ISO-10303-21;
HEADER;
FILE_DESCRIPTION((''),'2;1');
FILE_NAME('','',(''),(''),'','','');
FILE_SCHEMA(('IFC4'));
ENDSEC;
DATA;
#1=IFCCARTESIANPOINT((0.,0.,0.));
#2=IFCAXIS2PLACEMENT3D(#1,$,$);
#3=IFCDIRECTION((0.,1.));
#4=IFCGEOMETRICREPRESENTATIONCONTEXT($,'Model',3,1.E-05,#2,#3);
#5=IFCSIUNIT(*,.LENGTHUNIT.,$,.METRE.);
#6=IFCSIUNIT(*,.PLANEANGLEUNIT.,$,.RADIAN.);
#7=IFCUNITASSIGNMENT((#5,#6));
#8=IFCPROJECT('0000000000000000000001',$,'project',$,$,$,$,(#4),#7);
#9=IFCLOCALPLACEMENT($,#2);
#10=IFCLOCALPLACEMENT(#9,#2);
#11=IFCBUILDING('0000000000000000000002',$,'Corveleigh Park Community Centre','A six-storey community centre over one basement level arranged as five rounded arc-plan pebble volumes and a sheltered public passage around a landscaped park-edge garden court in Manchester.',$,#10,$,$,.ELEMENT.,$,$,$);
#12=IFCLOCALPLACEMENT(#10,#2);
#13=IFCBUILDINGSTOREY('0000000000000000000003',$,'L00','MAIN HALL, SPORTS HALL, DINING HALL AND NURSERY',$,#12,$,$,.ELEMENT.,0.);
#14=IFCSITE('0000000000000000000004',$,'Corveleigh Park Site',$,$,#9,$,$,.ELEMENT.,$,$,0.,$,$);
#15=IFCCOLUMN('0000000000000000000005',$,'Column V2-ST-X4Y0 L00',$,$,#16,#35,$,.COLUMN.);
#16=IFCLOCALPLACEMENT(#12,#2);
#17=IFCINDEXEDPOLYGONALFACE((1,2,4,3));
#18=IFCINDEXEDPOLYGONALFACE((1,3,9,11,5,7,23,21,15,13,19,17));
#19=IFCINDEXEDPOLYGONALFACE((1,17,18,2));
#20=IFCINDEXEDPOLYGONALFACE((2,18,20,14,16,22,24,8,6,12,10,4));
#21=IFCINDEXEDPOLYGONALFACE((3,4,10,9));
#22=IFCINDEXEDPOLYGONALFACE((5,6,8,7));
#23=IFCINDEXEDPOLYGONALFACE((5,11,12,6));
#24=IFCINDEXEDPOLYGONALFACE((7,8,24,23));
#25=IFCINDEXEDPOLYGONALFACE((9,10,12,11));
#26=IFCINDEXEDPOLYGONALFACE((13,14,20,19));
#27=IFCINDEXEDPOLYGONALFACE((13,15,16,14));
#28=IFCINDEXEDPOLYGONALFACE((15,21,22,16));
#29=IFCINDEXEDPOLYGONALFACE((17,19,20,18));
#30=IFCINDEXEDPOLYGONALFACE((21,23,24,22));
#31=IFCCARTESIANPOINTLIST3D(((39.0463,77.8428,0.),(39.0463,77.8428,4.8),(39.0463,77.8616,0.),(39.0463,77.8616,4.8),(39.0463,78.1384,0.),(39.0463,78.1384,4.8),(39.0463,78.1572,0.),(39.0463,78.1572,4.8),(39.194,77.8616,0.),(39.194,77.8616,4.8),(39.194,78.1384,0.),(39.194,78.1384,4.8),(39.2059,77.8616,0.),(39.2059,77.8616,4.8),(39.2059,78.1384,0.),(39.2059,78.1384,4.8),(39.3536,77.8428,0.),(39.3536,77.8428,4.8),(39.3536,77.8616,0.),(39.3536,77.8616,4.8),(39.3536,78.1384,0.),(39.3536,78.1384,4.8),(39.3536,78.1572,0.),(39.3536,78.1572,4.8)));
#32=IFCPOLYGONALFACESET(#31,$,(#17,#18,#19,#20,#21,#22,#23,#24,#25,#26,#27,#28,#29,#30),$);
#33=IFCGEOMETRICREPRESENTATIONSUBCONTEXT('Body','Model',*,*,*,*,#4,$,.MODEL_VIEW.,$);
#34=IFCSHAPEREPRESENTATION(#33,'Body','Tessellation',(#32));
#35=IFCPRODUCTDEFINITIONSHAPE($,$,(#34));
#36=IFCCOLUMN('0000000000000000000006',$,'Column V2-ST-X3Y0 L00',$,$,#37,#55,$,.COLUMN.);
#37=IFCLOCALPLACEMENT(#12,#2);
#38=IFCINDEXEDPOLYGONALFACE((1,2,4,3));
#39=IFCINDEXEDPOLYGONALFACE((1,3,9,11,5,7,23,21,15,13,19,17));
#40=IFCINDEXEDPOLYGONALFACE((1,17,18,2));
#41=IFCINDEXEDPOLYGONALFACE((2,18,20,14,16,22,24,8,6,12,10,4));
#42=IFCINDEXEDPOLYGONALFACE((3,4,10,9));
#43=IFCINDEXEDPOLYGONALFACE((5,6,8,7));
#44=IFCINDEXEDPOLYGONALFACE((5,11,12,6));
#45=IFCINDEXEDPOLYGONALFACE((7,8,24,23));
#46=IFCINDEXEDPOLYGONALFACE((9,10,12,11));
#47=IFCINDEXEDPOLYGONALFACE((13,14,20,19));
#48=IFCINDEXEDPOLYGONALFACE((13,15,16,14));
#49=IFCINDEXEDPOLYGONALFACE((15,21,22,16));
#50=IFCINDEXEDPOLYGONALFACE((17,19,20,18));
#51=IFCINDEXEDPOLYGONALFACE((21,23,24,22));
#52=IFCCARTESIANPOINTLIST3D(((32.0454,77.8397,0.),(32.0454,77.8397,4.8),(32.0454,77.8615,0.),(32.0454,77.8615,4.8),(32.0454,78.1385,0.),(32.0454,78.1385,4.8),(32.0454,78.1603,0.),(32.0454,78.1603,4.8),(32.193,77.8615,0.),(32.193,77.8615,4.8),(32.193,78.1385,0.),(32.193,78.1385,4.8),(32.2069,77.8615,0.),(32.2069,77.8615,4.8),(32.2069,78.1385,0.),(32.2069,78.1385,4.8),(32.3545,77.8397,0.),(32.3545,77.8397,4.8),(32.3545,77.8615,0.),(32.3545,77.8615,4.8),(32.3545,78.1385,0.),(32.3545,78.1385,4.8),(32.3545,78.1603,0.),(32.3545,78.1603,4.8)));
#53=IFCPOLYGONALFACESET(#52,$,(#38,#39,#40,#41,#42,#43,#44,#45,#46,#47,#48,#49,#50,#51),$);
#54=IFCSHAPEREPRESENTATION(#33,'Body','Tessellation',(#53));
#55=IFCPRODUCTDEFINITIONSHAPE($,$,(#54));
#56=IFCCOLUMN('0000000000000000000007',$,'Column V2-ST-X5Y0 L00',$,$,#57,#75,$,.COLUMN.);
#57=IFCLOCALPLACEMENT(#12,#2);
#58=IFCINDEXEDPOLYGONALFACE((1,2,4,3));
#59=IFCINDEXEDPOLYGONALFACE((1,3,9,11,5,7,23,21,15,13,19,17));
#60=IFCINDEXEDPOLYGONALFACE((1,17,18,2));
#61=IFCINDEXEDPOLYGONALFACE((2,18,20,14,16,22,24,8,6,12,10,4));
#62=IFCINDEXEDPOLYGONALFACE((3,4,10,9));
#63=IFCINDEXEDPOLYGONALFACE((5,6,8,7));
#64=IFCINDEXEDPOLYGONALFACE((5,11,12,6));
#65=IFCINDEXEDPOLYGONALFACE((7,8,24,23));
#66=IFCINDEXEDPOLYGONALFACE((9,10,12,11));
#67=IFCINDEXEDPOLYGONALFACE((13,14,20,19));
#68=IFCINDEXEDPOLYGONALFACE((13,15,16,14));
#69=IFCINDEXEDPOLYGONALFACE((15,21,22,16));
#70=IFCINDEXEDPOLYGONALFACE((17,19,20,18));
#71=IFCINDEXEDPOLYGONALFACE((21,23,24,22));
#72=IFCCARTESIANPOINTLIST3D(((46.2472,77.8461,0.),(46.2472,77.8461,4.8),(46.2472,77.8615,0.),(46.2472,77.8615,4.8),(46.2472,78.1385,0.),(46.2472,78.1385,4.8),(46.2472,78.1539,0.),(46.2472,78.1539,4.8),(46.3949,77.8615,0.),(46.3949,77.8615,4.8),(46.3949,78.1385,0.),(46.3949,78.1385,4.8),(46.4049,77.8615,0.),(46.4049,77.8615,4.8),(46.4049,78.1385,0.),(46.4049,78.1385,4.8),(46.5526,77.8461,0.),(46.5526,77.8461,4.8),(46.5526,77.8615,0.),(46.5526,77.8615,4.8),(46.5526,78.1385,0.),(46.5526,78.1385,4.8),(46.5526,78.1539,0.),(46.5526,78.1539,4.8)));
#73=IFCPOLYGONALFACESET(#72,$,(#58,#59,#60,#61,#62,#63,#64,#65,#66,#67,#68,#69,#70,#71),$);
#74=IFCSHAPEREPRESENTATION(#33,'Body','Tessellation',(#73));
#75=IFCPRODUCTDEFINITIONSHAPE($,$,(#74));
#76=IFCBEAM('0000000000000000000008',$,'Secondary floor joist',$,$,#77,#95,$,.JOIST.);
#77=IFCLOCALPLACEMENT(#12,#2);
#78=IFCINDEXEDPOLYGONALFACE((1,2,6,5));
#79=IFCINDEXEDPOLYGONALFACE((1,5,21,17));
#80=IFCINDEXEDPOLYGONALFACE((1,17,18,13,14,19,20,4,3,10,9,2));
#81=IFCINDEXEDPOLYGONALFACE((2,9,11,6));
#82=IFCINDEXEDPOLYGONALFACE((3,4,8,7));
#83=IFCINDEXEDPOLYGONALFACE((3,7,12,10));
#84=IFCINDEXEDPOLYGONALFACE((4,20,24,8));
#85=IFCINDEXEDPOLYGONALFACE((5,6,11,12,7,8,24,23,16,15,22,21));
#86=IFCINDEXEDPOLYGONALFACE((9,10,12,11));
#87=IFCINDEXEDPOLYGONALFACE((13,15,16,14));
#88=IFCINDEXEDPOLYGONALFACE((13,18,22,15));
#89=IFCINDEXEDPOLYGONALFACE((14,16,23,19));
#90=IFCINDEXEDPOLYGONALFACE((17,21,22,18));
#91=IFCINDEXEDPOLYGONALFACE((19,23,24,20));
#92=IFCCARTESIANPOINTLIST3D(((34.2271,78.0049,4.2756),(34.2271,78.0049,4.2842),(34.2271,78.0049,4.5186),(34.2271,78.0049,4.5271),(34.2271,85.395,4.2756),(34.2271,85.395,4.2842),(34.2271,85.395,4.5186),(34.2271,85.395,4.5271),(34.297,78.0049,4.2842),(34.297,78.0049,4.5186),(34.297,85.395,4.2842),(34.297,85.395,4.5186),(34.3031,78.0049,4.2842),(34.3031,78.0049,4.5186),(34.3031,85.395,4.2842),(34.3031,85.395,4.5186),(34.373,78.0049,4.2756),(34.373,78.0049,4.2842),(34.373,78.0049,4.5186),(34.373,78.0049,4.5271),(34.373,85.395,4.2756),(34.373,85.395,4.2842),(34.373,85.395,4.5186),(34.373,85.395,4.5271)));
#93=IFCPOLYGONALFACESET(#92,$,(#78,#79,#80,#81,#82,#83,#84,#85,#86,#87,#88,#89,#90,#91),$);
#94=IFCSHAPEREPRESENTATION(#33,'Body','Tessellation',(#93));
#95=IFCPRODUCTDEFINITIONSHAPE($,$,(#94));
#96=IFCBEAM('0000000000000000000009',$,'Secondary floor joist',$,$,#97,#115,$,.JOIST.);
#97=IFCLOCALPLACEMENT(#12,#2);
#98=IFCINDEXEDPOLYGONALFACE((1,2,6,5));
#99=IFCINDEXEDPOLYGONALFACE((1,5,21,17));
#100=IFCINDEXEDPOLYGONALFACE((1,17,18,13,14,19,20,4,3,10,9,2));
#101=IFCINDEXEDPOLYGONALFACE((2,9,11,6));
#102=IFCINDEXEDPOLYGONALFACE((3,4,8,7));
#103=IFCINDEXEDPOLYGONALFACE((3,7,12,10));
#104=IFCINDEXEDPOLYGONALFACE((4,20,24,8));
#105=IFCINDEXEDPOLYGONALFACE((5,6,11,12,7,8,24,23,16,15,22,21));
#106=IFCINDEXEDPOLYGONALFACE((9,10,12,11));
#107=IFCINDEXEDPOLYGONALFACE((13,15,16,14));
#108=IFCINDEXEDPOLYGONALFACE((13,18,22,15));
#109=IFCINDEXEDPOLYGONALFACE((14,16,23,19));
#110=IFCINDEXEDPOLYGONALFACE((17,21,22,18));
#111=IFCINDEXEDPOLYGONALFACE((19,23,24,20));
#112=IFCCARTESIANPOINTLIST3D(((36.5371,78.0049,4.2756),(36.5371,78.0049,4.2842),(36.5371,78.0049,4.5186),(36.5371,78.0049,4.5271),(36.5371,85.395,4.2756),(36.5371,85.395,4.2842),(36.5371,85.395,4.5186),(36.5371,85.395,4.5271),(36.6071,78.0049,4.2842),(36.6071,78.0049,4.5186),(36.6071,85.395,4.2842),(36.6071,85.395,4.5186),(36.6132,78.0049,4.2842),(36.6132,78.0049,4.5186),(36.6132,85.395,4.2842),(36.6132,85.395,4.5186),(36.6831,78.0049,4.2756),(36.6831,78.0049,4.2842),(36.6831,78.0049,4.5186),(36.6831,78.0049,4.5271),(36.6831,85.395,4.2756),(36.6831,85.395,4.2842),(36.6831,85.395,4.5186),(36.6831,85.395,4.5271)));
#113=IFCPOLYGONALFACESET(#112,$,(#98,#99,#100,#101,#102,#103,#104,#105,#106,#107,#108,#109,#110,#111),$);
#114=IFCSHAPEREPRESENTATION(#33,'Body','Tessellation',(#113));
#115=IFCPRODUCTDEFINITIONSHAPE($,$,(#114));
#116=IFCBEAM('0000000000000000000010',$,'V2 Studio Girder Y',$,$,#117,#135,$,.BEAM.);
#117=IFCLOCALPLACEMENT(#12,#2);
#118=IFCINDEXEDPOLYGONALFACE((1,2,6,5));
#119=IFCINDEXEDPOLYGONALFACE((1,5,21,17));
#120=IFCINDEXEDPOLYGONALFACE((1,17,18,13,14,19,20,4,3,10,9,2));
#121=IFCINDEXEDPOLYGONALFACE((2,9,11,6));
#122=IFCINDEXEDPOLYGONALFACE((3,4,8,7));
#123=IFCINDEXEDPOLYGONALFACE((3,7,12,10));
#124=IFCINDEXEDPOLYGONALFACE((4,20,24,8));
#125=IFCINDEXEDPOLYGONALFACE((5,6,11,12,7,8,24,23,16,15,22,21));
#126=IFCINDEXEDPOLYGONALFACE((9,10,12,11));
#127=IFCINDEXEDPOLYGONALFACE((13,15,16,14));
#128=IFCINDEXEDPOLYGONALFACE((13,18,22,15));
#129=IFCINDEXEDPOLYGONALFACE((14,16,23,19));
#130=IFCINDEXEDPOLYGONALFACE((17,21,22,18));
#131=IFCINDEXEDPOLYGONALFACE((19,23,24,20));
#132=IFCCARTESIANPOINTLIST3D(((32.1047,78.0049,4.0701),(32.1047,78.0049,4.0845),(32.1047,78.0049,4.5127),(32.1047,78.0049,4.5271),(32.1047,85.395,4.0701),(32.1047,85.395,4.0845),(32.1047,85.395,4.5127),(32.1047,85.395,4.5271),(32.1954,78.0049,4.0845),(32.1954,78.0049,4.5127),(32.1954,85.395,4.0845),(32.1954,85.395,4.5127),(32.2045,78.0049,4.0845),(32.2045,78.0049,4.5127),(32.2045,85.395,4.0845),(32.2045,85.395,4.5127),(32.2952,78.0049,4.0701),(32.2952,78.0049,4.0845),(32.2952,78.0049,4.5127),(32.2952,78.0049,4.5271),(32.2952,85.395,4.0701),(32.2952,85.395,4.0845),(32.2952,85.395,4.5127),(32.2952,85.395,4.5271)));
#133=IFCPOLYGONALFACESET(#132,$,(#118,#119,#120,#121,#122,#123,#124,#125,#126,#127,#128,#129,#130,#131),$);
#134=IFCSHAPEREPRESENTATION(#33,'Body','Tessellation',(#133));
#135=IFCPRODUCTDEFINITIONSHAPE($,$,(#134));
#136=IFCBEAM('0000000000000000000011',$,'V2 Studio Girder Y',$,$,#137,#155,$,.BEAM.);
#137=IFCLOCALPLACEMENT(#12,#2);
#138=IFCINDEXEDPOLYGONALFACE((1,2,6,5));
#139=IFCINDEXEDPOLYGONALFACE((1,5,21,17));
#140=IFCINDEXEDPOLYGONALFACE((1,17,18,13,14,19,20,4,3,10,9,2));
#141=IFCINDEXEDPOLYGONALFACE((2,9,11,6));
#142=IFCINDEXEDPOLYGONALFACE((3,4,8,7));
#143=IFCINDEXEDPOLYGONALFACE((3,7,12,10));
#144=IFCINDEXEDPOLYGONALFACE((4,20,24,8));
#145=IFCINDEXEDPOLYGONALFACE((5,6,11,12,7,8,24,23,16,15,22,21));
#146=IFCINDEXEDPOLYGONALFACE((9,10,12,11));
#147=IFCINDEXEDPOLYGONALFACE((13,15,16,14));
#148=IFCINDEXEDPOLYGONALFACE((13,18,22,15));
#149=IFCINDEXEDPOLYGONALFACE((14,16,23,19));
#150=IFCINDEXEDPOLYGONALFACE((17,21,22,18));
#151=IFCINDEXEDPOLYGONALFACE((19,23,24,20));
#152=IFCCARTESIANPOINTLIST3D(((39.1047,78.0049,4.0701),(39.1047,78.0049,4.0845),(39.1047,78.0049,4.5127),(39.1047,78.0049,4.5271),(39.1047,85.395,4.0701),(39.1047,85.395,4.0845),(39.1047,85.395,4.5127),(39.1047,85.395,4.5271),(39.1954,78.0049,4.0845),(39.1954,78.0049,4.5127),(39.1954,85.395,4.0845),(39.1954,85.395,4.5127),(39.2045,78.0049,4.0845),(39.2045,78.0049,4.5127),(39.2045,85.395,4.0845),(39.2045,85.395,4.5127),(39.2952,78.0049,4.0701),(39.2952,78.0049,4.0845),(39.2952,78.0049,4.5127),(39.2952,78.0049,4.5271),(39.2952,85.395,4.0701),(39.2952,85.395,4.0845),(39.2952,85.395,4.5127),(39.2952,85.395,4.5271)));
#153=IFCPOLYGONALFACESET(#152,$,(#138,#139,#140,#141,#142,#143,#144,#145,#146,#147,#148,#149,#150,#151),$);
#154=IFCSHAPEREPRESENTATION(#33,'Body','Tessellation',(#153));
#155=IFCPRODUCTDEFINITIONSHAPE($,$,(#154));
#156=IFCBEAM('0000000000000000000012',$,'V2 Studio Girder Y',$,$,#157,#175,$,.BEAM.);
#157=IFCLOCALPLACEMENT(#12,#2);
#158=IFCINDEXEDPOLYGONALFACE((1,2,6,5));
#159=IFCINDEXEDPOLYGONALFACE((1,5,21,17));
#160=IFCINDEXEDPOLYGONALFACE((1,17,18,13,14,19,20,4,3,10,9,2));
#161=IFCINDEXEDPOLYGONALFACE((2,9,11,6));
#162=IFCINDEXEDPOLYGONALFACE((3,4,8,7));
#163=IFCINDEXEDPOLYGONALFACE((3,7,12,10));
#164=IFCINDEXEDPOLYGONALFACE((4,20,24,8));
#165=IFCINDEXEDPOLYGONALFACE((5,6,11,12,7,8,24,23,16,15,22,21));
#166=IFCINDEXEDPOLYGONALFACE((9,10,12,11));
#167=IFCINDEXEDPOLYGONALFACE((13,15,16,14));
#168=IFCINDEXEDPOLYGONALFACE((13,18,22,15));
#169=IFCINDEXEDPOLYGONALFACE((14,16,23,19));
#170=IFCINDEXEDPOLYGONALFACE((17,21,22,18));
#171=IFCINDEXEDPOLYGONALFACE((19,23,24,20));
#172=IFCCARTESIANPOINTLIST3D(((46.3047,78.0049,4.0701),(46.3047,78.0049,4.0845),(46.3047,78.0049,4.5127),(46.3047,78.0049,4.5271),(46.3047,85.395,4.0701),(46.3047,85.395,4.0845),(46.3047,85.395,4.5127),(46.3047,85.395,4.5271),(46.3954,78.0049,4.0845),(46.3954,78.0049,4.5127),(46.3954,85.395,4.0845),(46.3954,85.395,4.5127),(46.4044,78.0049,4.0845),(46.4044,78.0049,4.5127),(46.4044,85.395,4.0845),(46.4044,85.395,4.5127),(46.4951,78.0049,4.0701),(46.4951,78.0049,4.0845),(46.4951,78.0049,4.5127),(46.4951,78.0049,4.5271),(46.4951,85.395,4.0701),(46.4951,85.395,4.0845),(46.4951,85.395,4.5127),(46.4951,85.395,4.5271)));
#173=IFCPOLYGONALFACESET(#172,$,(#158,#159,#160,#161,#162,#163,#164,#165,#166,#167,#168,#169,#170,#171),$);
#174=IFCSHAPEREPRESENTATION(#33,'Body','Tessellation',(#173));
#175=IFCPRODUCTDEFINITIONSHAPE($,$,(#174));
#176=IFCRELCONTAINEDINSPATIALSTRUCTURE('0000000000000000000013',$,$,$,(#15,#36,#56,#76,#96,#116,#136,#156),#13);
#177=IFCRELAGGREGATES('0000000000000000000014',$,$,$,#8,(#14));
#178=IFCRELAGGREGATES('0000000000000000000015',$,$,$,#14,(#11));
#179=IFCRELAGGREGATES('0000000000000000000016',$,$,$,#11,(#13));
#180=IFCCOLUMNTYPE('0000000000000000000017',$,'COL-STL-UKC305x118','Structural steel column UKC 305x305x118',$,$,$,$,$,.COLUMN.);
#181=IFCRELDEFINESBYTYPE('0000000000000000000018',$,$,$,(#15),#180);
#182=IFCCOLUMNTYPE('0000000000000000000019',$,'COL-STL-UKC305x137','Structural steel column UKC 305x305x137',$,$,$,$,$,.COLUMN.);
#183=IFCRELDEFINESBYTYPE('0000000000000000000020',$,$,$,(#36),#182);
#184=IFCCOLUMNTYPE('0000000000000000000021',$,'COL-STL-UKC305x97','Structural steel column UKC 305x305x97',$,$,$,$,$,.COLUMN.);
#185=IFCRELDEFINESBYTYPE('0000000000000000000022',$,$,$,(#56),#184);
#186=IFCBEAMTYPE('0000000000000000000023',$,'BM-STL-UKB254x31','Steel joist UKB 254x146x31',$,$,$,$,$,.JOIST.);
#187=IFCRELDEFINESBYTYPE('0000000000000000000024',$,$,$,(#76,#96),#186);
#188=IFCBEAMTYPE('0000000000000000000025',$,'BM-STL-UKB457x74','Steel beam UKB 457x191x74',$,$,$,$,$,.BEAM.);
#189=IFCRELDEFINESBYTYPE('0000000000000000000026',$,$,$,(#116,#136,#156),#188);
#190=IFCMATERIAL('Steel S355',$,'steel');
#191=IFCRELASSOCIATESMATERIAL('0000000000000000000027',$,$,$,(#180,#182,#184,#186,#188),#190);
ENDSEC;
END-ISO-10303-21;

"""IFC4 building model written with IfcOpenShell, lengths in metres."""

from ifc_helpers import new_model, si_unit, direction, frame, origin, origin_2d, place, context, subcontext, project, spatial, i_section, extrude, material, material_profile, profile_set, type_object, element, save


model = new_model("IFC4")

# Units and contexts
model_context = context("Model", 3, precision=1e-05, world=origin(), true_north=direction((0.0, 1.0)))
body_context = subcontext(model_context, "Body", "Model", "MODEL_VIEW")
ifc_project = project(units=[si_unit("LENGTHUNIT", "METRE"), si_unit("PLANEANGLEUNIT", "RADIAN")], contexts=[model_context])

# Site, building, storey
site_placement = place(None, origin())
site = spatial("IfcSite", under=ifc_project, at=site_placement, Name="Corveleigh Park Site", CompositionType="ELEMENT", RefElevation=0.0)
building_placement = place(site_placement, origin())
building = spatial("IfcBuilding", under=site, at=building_placement, Name="Corveleigh Park Community Centre", Description="A six-storey community centre over one basement level arranged as five rounded arc-plan pebble volumes and a sheltered public passage around a landscaped park-edge garden court in Manchester.", CompositionType="ELEMENT")
storey_placement = place(building_placement, origin())
storey = spatial("IfcBuildingStorey", under=building, at=storey_placement, Name="L00", Description="MAIN HALL, SPORTS HALL, DINING HALL AND NURSERY", CompositionType="ELEMENT", Elevation=0.0)

# Columns
ifc_material_1 = material(Name="Steel S355", Category="steel")
ifc_material_profile_1 = material_profile(ifc_material_1, i_section(OverallWidth=0.3074, OverallDepth=0.3145, WebThickness=0.012, FlangeThickness=0.0188, at=origin_2d()), Name="UKC 305x305x118", Category="steel")
ifc_profile_set_1 = profile_set([ifc_material_profile_1], Name="Steel S355")
column_type_1 = type_object("IfcColumnType", Name="COL-STL-UKC305x118", Description="Structural steel column UKC 305x305x118", PredefinedType="COLUMN", material=ifc_profile_set_1)
column_1_placement = place(storey_placement, frame((39.2, 78.0, 0.0), z_axis=(0.0, 0.0, 1.0), x_axis=(1.0, 0.0, 0.0)))
element("IfcColumn", 1, at=column_1_placement, inside=storey, type_object=column_type_1, Name="Column V2-ST-X4Y0 L00", PredefinedType="COLUMN", context=body_context, shape_type="SweptSolid", body=[
    extrude(i_section(OverallWidth=0.3074, OverallDepth=0.3145, WebThickness=0.012, FlangeThickness=0.0188, at=origin_2d()), origin(), (0.0, 0.0, 1.0), 4.8),
])
ifc_material_profile_2 = material_profile(ifc_material_1, i_section(OverallWidth=0.3091, OverallDepth=0.3206, WebThickness=0.0139, FlangeThickness=0.0217, at=origin_2d()), Name="UKC 305x305x137", Category="steel")
ifc_profile_set_2 = profile_set([ifc_material_profile_2], Name="Steel S355")
column_type_2 = type_object("IfcColumnType", Name="COL-STL-UKC305x137", Description="Structural steel column UKC 305x305x137", PredefinedType="COLUMN", material=ifc_profile_set_2)
column_2_placement = place(storey_placement, frame((32.2, 78.0, 0.0), z_axis=(0.0, 0.0, 1.0), x_axis=(1.0, 0.0, 0.0)))
element("IfcColumn", 2, at=column_2_placement, inside=storey, type_object=column_type_2, Name="Column V2-ST-X3Y0 L00", PredefinedType="COLUMN", context=body_context, shape_type="SweptSolid", body=[
    extrude(i_section(OverallWidth=0.3091, OverallDepth=0.3206, WebThickness=0.0139, FlangeThickness=0.0217, at=origin_2d()), origin(), (0.0, 0.0, 1.0), 4.8),
])
ifc_material_profile_3 = material_profile(ifc_material_1, i_section(OverallWidth=0.3054, OverallDepth=0.3079, WebThickness=0.01, FlangeThickness=0.0154, at=origin_2d()), Name="UKC 305x305x97", Category="steel")
ifc_profile_set_3 = profile_set([ifc_material_profile_3], Name="Steel S355")
column_type_3 = type_object("IfcColumnType", Name="COL-STL-UKC305x97", Description="Structural steel column UKC 305x305x97", PredefinedType="COLUMN", material=ifc_profile_set_3)
column_3_placement = place(storey_placement, frame((46.3999, 78.0, 0.0), z_axis=(0.0, 0.0, 1.0), x_axis=(1.0, 0.0, 0.0)))
element("IfcColumn", 3, at=column_3_placement, inside=storey, type_object=column_type_3, Name="Column V2-ST-X5Y0 L00", PredefinedType="COLUMN", context=body_context, shape_type="SweptSolid", body=[
    extrude(i_section(OverallWidth=0.3054, OverallDepth=0.3079, WebThickness=0.01, FlangeThickness=0.0154, at=origin_2d()), origin(), (0.0, 0.0, 1.0), 4.8),
])

# Beams
ifc_material_profile_4 = material_profile(ifc_material_1, i_section(OverallWidth=0.146, OverallDepth=0.2515, WebThickness=0.0061, FlangeThickness=0.0085, at=origin_2d()), Name="UKB 254x146x31", Category="steel")
ifc_profile_set_4 = profile_set([ifc_material_profile_4], Name="Steel S355")
beam_type_1 = type_object("IfcBeamType", Name="BM-STL-UKB254x31", Description="Steel joist UKB 254x146x31", PredefinedType="JOIST", material=ifc_profile_set_4)
for number, where, z_axis, x_axis, name in (
    (4, (34.3, 78.0049, 4.4014), (0.0, 1.0, 0.0), (-1.0, 0.0, 0.0), "Secondary floor joist"),
    (5, (36.6101, 78.0049, 4.4014), (0.0, 1.0, 0.0), (-1.0, 0.0, 0.0), "Secondary floor joist"),
):
    element("IfcBeam", number, at=place(storey_placement, frame(where, z_axis=z_axis, x_axis=x_axis)), inside=storey, type_object=beam_type_1, Name=name, PredefinedType="JOIST", context=body_context, shape_type="SweptSolid", body=[
        extrude(i_section(OverallWidth=0.146, OverallDepth=0.2515, WebThickness=0.0061, FlangeThickness=0.0085, at=origin_2d()), origin(), (0.0, 0.0, 1.0), 7.3901),
    ])
ifc_material_profile_5 = material_profile(ifc_material_1, i_section(OverallWidth=0.1904, OverallDepth=0.457, WebThickness=0.009, FlangeThickness=0.0144, at=origin_2d()), Name="UKB 457x191x74", Category="steel")
ifc_profile_set_5 = profile_set([ifc_material_profile_5], Name="Steel S355")
beam_type_2 = type_object("IfcBeamType", Name="BM-STL-UKB457x74", Description="Steel beam UKB 457x191x74", PredefinedType="BEAM", material=ifc_profile_set_5)
for number, where, z_axis, x_axis, name in (
    (6, (32.2, 78.0049, 4.2986), (0.0, 1.0, 0.0), (-1.0, 0.0, 0.0), "V2 Studio Girder Y"),
    (7, (39.2, 78.0049, 4.2986), (0.0, 1.0, 0.0), (-1.0, 0.0, 0.0), "V2 Studio Girder Y"),
    (8, (46.3999, 78.0049, 4.2986), (0.0, 1.0, 0.0), (-1.0, 0.0, 0.0), "V2 Studio Girder Y"),
):
    element("IfcBeam", number, at=place(storey_placement, frame(where, z_axis=z_axis, x_axis=x_axis)), inside=storey, type_object=beam_type_2, Name=name, PredefinedType="BEAM", context=body_context, shape_type="SweptSolid", body=[
        extrude(i_section(OverallWidth=0.1904, OverallDepth=0.457, WebThickness=0.009, FlangeThickness=0.0144, at=origin_2d()), origin(), (0.0, 0.0, 1.0), 7.3901),
    ])

save(model, "model.ifc")
